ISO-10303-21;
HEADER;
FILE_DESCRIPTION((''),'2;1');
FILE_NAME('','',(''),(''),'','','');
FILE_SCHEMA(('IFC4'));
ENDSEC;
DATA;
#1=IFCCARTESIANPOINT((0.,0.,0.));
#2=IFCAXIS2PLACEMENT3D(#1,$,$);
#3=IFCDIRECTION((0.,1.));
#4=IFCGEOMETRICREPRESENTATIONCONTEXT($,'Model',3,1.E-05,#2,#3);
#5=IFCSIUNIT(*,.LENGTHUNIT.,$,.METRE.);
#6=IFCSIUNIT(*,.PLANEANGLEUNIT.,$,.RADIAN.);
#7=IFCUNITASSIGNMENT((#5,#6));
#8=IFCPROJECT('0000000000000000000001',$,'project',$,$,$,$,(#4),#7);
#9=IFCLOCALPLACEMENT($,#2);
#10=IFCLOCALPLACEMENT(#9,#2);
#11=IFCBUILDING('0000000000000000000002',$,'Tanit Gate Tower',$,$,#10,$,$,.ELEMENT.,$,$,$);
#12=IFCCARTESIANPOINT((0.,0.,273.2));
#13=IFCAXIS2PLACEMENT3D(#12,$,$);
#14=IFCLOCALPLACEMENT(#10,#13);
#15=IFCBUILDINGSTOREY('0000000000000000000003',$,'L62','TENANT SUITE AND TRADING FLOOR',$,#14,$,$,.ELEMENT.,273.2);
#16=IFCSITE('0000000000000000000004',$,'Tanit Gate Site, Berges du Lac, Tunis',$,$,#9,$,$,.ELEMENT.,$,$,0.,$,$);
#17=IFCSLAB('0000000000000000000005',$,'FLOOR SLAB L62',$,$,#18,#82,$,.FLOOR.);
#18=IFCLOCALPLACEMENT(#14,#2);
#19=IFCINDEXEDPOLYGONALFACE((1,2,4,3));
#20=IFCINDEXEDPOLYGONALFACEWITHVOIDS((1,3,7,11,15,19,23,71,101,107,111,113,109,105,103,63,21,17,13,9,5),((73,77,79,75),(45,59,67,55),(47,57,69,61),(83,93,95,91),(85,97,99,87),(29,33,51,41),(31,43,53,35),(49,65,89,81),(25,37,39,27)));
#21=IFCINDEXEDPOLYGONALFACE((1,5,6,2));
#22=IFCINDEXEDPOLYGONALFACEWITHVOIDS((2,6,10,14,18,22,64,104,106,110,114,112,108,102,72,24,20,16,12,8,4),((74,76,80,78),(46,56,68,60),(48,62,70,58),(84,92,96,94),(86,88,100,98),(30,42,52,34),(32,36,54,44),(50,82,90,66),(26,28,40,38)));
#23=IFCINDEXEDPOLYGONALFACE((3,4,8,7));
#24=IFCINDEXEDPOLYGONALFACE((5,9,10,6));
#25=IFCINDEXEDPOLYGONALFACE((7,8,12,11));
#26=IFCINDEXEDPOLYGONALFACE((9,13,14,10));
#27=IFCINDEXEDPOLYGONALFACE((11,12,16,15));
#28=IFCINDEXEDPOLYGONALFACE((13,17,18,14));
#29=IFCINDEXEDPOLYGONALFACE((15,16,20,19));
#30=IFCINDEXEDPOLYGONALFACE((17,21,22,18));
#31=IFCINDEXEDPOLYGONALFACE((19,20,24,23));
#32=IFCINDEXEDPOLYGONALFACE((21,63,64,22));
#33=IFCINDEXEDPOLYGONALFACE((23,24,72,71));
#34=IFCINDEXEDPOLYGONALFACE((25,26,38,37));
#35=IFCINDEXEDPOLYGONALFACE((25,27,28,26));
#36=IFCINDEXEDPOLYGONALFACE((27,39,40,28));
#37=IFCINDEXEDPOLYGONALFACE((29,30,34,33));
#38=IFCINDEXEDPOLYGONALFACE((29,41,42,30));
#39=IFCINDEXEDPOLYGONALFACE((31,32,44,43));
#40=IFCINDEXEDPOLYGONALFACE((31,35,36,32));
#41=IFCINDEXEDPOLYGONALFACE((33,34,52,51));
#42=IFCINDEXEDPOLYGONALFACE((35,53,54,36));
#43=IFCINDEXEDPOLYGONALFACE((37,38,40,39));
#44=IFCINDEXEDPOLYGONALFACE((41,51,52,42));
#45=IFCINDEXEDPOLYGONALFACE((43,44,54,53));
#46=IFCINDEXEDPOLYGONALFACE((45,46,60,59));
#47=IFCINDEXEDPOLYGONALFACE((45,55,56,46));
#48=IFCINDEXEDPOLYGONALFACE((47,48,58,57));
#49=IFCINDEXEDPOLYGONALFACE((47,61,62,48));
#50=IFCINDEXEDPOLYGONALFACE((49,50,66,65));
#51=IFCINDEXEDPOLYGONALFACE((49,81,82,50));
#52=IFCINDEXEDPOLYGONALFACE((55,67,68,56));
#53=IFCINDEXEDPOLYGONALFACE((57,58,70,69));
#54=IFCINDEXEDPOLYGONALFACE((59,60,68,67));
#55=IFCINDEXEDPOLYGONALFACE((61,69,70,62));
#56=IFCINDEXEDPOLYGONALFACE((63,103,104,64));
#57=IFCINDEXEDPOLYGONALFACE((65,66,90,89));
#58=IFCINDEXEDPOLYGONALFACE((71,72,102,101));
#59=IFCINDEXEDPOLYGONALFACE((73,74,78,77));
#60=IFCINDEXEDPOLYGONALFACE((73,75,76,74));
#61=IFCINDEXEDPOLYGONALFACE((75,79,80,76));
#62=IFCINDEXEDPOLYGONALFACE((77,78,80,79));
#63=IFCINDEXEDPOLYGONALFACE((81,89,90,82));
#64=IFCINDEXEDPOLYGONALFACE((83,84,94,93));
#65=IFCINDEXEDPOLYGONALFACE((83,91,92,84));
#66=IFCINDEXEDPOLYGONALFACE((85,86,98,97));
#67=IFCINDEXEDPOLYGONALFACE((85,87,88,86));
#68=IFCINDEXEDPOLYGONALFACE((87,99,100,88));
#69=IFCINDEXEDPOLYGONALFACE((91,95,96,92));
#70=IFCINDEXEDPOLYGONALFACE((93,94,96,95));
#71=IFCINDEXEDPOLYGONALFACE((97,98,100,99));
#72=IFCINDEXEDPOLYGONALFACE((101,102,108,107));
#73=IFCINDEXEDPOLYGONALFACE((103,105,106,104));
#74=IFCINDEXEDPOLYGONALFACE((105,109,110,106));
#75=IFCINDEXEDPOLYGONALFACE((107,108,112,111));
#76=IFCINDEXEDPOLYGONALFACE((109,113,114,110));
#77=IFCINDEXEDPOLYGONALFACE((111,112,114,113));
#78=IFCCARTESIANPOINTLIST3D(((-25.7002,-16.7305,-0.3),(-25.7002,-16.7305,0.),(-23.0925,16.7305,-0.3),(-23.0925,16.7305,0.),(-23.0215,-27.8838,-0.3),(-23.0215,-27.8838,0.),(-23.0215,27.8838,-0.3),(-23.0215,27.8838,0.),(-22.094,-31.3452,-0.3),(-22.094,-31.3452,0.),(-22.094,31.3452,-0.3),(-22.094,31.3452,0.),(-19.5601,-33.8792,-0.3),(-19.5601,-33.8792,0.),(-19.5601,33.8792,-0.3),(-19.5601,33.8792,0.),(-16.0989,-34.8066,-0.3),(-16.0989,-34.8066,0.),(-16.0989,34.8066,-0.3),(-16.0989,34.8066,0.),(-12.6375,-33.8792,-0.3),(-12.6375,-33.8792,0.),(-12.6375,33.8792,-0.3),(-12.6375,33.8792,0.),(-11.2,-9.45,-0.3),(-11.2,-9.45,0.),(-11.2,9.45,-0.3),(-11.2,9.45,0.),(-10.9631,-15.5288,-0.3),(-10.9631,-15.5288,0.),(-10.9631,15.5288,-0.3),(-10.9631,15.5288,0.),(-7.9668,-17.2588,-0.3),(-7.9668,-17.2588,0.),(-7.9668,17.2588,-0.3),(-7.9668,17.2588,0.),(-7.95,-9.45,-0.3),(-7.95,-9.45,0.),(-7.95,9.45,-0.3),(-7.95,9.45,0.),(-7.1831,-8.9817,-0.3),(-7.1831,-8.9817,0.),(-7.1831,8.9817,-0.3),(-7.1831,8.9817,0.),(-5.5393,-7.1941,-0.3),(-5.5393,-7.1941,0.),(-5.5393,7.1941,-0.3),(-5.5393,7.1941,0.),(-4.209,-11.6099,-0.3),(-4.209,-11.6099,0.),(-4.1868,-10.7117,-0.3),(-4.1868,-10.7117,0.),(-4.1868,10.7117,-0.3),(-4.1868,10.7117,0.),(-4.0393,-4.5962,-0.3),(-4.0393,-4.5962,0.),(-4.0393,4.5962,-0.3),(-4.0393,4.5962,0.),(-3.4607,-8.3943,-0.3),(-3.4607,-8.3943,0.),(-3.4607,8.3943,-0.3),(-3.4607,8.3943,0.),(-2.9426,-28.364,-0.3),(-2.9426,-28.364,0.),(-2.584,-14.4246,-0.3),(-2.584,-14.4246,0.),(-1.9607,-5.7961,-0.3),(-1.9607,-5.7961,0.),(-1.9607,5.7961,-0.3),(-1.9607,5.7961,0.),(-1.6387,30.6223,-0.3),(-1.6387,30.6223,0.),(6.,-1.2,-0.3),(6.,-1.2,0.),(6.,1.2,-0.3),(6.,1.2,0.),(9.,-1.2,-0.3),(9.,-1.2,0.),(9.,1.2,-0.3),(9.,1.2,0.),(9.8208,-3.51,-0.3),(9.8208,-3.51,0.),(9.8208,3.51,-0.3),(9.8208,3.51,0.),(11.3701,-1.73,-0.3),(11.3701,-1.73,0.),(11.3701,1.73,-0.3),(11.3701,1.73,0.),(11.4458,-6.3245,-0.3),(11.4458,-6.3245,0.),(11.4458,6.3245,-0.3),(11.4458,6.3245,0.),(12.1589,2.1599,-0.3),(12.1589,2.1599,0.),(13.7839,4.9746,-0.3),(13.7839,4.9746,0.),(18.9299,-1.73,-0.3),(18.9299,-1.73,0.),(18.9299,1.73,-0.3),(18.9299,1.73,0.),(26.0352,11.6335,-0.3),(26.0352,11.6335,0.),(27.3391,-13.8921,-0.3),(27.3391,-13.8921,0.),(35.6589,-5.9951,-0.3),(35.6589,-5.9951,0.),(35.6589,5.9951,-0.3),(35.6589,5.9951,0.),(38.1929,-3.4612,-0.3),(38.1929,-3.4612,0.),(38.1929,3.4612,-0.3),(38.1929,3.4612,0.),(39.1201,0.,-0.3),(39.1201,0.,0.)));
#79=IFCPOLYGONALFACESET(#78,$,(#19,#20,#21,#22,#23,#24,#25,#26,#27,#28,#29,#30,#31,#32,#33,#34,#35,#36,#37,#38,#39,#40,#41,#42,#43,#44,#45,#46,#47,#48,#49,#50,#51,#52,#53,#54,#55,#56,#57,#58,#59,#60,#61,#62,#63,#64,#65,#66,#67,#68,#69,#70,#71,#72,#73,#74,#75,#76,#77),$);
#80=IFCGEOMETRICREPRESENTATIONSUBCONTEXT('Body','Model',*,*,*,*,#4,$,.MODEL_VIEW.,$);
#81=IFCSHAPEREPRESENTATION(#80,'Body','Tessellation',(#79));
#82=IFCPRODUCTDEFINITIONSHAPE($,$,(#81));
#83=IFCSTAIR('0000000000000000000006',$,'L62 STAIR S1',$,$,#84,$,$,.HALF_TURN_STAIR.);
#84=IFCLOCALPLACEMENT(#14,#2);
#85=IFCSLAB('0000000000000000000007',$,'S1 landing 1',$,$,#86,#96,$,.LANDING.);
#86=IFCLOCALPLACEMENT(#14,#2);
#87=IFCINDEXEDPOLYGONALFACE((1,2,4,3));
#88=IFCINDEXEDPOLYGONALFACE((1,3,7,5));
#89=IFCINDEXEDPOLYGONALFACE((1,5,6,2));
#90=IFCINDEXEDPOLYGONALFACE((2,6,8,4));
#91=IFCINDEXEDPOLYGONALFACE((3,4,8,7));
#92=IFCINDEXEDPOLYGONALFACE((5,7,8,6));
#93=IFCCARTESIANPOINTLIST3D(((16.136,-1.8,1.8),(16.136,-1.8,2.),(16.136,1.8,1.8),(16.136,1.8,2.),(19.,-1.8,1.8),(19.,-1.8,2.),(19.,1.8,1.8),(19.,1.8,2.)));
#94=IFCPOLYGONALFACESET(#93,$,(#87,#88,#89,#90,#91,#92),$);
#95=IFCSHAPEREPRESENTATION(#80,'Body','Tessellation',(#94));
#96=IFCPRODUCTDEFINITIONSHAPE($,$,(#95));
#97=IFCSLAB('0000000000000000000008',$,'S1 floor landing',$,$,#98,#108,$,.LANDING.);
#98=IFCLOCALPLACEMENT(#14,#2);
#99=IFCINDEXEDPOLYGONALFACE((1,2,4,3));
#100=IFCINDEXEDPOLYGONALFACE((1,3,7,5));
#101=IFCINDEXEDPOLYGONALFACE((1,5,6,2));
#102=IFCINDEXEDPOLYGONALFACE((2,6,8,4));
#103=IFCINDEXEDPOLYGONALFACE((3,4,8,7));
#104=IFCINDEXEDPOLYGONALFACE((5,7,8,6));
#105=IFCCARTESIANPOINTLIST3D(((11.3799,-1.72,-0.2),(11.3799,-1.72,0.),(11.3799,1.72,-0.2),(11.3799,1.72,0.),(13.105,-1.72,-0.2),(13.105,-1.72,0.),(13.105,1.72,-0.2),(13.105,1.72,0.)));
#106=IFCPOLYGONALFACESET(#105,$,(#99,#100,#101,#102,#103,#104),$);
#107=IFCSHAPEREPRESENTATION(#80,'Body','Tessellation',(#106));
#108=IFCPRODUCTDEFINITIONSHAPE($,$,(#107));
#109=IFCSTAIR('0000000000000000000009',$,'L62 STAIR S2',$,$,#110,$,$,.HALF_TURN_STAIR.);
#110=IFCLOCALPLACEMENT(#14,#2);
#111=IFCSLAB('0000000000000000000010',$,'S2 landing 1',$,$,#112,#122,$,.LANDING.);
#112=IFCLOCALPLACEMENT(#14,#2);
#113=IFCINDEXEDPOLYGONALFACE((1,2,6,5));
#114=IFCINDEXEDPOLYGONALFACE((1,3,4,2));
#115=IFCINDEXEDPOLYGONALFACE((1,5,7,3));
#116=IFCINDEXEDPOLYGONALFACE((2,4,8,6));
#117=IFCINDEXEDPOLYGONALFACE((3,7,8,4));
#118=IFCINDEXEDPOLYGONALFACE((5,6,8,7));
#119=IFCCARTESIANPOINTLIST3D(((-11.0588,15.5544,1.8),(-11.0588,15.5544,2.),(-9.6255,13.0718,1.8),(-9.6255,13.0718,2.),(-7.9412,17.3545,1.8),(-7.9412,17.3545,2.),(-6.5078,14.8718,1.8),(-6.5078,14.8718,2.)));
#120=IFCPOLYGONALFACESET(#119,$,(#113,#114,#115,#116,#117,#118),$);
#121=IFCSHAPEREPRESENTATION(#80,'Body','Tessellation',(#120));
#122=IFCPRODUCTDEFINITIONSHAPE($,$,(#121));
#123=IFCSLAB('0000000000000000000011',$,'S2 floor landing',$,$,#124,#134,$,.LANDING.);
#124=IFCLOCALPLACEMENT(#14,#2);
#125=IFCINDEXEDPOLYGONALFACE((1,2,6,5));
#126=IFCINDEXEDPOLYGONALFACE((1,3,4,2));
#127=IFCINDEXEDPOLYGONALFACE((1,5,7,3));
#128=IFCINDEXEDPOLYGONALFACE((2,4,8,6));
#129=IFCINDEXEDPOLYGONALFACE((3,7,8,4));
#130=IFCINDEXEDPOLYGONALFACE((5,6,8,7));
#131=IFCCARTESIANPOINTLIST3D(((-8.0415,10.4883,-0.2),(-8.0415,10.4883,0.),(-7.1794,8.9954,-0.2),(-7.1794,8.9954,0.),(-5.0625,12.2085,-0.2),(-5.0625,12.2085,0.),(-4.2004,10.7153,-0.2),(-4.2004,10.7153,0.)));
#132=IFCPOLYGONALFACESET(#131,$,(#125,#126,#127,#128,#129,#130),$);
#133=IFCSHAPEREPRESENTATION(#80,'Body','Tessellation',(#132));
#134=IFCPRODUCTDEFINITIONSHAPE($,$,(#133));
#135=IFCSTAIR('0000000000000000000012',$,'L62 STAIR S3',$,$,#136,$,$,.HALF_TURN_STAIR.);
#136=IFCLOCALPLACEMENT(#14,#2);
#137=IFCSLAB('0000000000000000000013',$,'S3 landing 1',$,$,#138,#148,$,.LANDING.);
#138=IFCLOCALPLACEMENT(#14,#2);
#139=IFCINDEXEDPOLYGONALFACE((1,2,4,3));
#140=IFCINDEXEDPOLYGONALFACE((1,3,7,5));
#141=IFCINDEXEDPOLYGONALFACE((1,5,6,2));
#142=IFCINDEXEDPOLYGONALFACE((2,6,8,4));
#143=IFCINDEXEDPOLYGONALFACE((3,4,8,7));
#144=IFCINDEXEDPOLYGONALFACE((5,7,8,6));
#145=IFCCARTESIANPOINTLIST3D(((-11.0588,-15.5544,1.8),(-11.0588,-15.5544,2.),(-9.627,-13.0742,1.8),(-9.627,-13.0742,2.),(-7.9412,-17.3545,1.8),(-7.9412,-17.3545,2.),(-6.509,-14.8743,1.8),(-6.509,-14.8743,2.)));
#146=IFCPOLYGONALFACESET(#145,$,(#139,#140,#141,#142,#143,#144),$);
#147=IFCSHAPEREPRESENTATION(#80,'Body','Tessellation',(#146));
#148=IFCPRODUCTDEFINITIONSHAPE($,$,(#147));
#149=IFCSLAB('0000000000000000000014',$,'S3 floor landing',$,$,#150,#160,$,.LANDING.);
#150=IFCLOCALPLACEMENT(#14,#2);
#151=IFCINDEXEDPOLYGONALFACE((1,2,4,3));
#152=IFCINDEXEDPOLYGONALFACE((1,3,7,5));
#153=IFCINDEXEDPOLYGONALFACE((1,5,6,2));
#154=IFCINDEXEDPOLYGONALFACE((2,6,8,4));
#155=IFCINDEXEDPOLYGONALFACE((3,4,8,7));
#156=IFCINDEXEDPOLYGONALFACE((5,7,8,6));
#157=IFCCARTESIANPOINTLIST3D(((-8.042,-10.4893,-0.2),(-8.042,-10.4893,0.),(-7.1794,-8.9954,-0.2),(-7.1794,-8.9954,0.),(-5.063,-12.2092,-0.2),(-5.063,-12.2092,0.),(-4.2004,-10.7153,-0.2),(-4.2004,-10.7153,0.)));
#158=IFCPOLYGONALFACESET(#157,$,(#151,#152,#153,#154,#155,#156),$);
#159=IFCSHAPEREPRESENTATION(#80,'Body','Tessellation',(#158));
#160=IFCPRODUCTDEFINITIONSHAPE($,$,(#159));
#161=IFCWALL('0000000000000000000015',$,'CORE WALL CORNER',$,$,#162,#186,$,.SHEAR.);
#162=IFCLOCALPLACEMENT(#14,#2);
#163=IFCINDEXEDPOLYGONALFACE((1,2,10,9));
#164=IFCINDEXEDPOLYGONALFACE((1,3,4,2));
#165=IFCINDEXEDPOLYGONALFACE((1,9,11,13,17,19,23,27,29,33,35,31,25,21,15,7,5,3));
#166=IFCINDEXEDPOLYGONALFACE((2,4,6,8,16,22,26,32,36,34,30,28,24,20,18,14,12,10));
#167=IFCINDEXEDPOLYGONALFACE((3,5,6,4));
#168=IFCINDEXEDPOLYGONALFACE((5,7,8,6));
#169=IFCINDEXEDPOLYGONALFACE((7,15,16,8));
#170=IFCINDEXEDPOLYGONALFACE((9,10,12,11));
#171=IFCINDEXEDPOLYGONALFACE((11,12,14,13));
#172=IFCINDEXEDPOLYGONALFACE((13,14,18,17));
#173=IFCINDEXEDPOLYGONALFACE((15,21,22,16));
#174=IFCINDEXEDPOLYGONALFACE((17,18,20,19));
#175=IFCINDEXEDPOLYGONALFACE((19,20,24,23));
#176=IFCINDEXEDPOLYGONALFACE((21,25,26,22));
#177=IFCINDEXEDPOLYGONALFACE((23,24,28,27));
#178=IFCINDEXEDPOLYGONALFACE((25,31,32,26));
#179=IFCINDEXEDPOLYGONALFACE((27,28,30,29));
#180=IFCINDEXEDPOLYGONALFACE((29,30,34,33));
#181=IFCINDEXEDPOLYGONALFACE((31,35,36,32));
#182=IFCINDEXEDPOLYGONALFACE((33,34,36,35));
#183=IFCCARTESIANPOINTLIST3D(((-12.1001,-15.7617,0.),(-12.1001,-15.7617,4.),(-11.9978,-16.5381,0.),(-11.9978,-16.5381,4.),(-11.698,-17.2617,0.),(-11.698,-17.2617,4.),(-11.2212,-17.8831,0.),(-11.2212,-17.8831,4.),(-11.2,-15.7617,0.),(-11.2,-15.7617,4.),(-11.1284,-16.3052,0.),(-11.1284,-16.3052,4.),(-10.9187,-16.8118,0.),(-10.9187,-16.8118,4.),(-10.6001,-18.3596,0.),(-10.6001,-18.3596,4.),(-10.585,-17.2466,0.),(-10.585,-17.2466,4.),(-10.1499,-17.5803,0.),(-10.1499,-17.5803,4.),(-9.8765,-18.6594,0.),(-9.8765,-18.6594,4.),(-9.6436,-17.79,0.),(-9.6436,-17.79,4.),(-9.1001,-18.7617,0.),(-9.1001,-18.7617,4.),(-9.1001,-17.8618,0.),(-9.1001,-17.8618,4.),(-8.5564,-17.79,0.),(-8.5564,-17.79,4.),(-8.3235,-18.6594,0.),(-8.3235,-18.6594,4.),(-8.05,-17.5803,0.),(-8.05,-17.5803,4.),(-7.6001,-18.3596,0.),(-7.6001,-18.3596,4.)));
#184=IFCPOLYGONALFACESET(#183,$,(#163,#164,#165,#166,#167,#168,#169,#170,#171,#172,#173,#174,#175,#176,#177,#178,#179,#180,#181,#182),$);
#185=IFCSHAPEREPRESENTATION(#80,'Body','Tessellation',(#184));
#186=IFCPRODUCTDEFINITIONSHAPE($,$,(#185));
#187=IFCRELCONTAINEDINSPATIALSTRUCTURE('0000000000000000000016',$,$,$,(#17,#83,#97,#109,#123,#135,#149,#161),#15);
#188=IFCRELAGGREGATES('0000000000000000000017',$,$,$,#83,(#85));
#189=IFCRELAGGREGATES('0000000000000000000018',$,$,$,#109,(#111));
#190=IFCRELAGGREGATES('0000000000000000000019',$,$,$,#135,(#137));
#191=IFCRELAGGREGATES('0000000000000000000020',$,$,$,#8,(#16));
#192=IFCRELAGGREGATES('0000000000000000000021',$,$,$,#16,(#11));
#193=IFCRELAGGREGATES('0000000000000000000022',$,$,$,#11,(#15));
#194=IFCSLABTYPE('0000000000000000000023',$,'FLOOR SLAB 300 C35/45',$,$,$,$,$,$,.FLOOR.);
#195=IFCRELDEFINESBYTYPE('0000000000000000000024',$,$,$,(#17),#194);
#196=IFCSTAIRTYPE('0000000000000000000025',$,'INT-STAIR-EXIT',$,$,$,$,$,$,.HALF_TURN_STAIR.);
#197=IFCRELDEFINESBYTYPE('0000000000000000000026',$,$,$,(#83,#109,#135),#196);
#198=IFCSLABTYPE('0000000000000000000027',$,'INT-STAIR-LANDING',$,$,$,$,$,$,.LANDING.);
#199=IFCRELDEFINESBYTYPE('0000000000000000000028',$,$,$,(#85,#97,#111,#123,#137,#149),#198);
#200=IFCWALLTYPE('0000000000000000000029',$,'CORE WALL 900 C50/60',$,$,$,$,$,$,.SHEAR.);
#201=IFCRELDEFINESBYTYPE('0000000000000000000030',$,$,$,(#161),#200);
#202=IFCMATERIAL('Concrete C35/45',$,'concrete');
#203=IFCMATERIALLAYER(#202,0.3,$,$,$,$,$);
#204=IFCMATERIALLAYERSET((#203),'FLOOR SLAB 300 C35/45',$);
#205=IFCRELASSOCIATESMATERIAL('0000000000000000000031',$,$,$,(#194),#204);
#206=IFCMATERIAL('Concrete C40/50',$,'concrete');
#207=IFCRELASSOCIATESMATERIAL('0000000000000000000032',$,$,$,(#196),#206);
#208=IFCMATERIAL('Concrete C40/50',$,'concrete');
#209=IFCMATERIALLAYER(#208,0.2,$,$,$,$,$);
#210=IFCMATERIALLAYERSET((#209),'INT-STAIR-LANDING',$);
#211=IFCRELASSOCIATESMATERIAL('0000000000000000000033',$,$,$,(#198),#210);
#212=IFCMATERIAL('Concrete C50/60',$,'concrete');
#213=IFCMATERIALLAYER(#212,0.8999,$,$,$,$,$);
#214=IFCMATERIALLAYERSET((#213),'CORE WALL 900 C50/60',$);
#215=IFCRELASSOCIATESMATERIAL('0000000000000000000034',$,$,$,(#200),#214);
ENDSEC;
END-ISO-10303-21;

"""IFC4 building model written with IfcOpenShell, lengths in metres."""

from ifc_helpers import new_model, si_unit, direction, frame, origin, place, context, subcontext, project, spatial, polyline, outline, extrude, material, layer, layer_set, type_object, element, aggregate, save


model = new_model("IFC4")

# Units and contexts
model_context = context("Model", 3, precision=1e-05, world=origin(), true_north=direction((0.0, 1.0)))
body_context = subcontext(model_context, "Body", "Model", "MODEL_VIEW")
ifc_project = project(units=[si_unit("LENGTHUNIT", "METRE"), si_unit("PLANEANGLEUNIT", "RADIAN")], contexts=[model_context])

# Site, building, storey
site_placement = place(None, origin())
site = spatial("IfcSite", under=ifc_project, at=site_placement, Name="Tanit Gate Site, Berges du Lac, Tunis", CompositionType="ELEMENT", RefElevation=0.0)
building_placement = place(site_placement, origin())
building = spatial("IfcBuilding", under=site, at=building_placement, Name="Tanit Gate Tower", CompositionType="ELEMENT")
storey_placement = place(building_placement, frame((0.0, 0.0, 273.2)))
storey = spatial("IfcBuildingStorey", under=building, at=storey_placement, Name="L62", Description="TENANT SUITE AND TRADING FLOOR", CompositionType="ELEMENT", Elevation=273.2)

# Slab
ifc_material_1 = material(Name="Concrete C35/45", Category="concrete")
ifc_layer_1 = layer(ifc_material_1, 0.3)
ifc_layer_set_1 = layer_set([ifc_layer_1], Name="FLOOR SLAB 300 C35/45")
slab_type_1 = type_object("IfcSlabType", Name="FLOOR SLAB 300 C35/45", PredefinedType="FLOOR", material=ifc_layer_set_1)
slab_1_placement = place(storey_placement, frame((0.0, 0.0, -0.3)))
element("IfcSlab", 1, at=slab_1_placement, inside=storey, type_object=slab_type_1, Name="FLOOR SLAB L62", PredefinedType="FLOOR", context=body_context, shape_type="SweptSolid", body=[
    extrude(outline(polyline([(35.6589, 5.9951), (38.1929, 3.4612), (39.1201, 0.0), (38.1929, -3.4612), (35.6589, -5.9951), (27.3391, -13.8921), (-2.9426, -28.364), (-12.6375, -33.8792), (-16.0989, -34.8066), (-19.5601, -33.8792), (-22.094, -31.3452), (-23.0215, -27.8838), (-25.7002, -16.7305), (-23.0925, 16.7305), (-23.0215, 27.8838), (-22.094, 31.3452), (-19.5601, 33.8792), (-16.0989, 34.8066), (-12.6375, 33.8792), (-1.6387, 30.6223), (26.0352, 11.6335), (35.6589, 5.9951)]), holes=[polyline([(11.3701, 1.73), (18.9299, 1.73), (18.9299, -1.73), (11.3701, -1.73), (11.3701, 1.73)]), polyline([(9.8208, 3.51), (11.4458, 6.3245), (13.7839, 4.9746), (12.1589, 2.1599), (9.8208, 3.51)]), polyline([(-4.209, -11.6099), (9.8208, -3.51), (11.4458, -6.3245), (-2.584, -14.4246), (-4.209, -11.6099)]), polyline([(6.0, 1.2), (9.0, 1.2), (9.0, -1.2), (6.0, -1.2), (6.0, 1.2)]), polyline([(-5.5393, 7.1941), (-3.4607, 8.3943), (-1.9607, 5.7961), (-4.0393, 4.5962), (-5.5393, 7.1941)]), polyline([(-1.9607, -5.7961), (-3.4607, -8.3943), (-5.5393, -7.1941), (-4.0393, -4.5962), (-1.9607, -5.7961)]), polyline([(-10.9631, 15.5288), (-7.9668, 17.2588), (-4.1868, 10.7117), (-7.1831, 8.9817), (-10.9631, 15.5288)]), polyline([(-4.1868, -10.7117), (-7.9668, -17.2588), (-10.9631, -15.5288), (-7.1831, -8.9817), (-4.1868, -10.7117)]), polyline([(-11.2, -9.45), (-11.2, 9.45), (-7.95, 9.45), (-7.95, -9.45), (-11.2, -9.45)])]), origin(), (0.0, 0.0, 1.0), 0.3),
])

# Stair, slab
ifc_material_2 = material(Name="Concrete C40/50", Category="concrete")
stair_type = type_object("IfcStairType", Name="INT-STAIR-EXIT", PredefinedType="HALF_TURN_STAIR", material=ifc_material_2)
stair_1_placement = place(storey_placement, origin())
stair_1 = element("IfcStair", 2, at=stair_1_placement, inside=storey, type_object=stair_type, Name="L62 STAIR S1", PredefinedType="HALF_TURN_STAIR")
ifc_material_3 = material(Name="Concrete C40/50", Category="concrete")
ifc_layer_2 = layer(ifc_material_3, 0.2)
ifc_layer_set_2 = layer_set([ifc_layer_2], Name="INT-STAIR-LANDING")
slab_type_2 = type_object("IfcSlabType", Name="INT-STAIR-LANDING", PredefinedType="LANDING", material=ifc_layer_set_2)
slab_2_placement = place(storey_placement, frame((0.0, 0.0, 1.8)))
slab_2 = element("IfcSlab", 3, at=slab_2_placement, type_object=slab_type_2, Name="S1 landing 1", PredefinedType="LANDING", context=body_context, shape_type="SweptSolid", body=[
    extrude(outline(polyline([(16.136, -1.8), (19.0, -1.8), (19.0, 1.8), (16.136, 1.8), (16.136, -1.8)])), origin(), (0.0, 0.0, 1.0), 0.2),
])
aggregate(stair_1, [slab_2])

# Slab
slab_3_placement = place(storey_placement, frame((0.0, 0.0, -0.2)))
element("IfcSlab", 4, at=slab_3_placement, inside=storey, type_object=slab_type_2, Name="S1 floor landing", PredefinedType="LANDING", context=body_context, shape_type="SweptSolid", body=[
    extrude(outline(polyline([(11.3799, -1.72), (13.105, -1.72), (13.105, 1.72), (11.3799, 1.72), (11.3799, -1.72)])), origin(), (0.0, 0.0, 1.0), 0.2),
])

# Stair, slab
stair_2_placement = place(storey_placement, origin())
stair_2 = element("IfcStair", 5, at=stair_2_placement, inside=storey, type_object=stair_type, Name="L62 STAIR S2", PredefinedType="HALF_TURN_STAIR")
slab_4_placement = place(storey_placement, frame((0.0, 0.0, 1.8)))
slab_4 = element("IfcSlab", 6, at=slab_4_placement, type_object=slab_type_2, Name="S2 landing 1", PredefinedType="LANDING", context=body_context, shape_type="SweptSolid", body=[
    extrude(outline(polyline([(-6.5078, 14.8718), (-7.9412, 17.3545), (-11.0588, 15.5544), (-9.6255, 13.0718), (-6.5078, 14.8718)])), origin(), (0.0, 0.0, 1.0), 0.2),
])
aggregate(stair_2, [slab_4])

# Slab
slab_5_placement = place(storey_placement, frame((0.0, 0.0, -0.2)))
element("IfcSlab", 7, at=slab_5_placement, inside=storey, type_object=slab_type_2, Name="S2 floor landing", PredefinedType="LANDING", context=body_context, shape_type="SweptSolid", body=[
    extrude(outline(polyline([(-4.2004, 10.7153), (-5.0625, 12.2085), (-8.0415, 10.4883), (-7.1794, 8.9954), (-4.2004, 10.7153)])), origin(), (0.0, 0.0, 1.0), 0.2),
])

# Stair, slab
stair_3_placement = place(storey_placement, origin())
stair_3 = element("IfcStair", 8, at=stair_3_placement, inside=storey, type_object=stair_type, Name="L62 STAIR S3", PredefinedType="HALF_TURN_STAIR")
slab_6_placement = place(storey_placement, frame((0.0, 0.0, 1.8)))
slab_6 = element("IfcSlab", 9, at=slab_6_placement, type_object=slab_type_2, Name="S3 landing 1", PredefinedType="LANDING", context=body_context, shape_type="SweptSolid", body=[
    extrude(outline(polyline([(-9.627, -13.0742), (-11.0588, -15.5544), (-7.9412, -17.3545), (-6.509, -14.8743), (-9.627, -13.0742)])), origin(), (0.0, 0.0, 1.0), 0.2),
])
aggregate(stair_3, [slab_6])

# Slab
slab_7_placement = place(storey_placement, frame((0.0, 0.0, -0.2)))
element("IfcSlab", 10, at=slab_7_placement, inside=storey, type_object=slab_type_2, Name="S3 floor landing", PredefinedType="LANDING", context=body_context, shape_type="SweptSolid", body=[
    extrude(outline(polyline([(-7.1794, -8.9954), (-8.042, -10.4893), (-5.063, -12.2092), (-4.2004, -10.7153), (-7.1794, -8.9954)])), origin(), (0.0, 0.0, 1.0), 0.2),
])

# Wall
ifc_material_4 = material(Name="Concrete C50/60", Category="concrete")
ifc_layer_3 = layer(ifc_material_4, 0.8999)
ifc_layer_set_3 = layer_set([ifc_layer_3], Name="CORE WALL 900 C50/60")
wall_type_1 = type_object("IfcWallType", Name="CORE WALL 900 C50/60", PredefinedType="SHEAR", material=ifc_layer_set_3)
wall_1_placement = place(storey_placement, origin())
element("IfcWall", 11, at=wall_1_placement, inside=storey, type_object=wall_type_1, Name="CORE WALL CORNER", PredefinedType="SHEAR", context=body_context, shape_type="SweptSolid", body=[
    extrude(outline(polyline([(-12.1001, -15.7617), (-11.9978, -16.5381), (-11.698, -17.2617), (-11.2212, -17.8831), (-10.6001, -18.3596), (-9.8765, -18.6594), (-9.1001, -18.7617), (-8.3235, -18.6594), (-7.6001, -18.3596), (-8.05, -17.5803), (-8.5564, -17.79), (-9.1001, -17.8618), (-9.6436, -17.79), (-10.1499, -17.5803), (-10.585, -17.2466), (-10.9187, -16.8118), (-11.1284, -16.3052), (-11.2, -15.7617), (-12.1001, -15.7617)])), origin(), (0.0, 0.0, 1.0), 4.0),
])

save(model, "model.ifc")
